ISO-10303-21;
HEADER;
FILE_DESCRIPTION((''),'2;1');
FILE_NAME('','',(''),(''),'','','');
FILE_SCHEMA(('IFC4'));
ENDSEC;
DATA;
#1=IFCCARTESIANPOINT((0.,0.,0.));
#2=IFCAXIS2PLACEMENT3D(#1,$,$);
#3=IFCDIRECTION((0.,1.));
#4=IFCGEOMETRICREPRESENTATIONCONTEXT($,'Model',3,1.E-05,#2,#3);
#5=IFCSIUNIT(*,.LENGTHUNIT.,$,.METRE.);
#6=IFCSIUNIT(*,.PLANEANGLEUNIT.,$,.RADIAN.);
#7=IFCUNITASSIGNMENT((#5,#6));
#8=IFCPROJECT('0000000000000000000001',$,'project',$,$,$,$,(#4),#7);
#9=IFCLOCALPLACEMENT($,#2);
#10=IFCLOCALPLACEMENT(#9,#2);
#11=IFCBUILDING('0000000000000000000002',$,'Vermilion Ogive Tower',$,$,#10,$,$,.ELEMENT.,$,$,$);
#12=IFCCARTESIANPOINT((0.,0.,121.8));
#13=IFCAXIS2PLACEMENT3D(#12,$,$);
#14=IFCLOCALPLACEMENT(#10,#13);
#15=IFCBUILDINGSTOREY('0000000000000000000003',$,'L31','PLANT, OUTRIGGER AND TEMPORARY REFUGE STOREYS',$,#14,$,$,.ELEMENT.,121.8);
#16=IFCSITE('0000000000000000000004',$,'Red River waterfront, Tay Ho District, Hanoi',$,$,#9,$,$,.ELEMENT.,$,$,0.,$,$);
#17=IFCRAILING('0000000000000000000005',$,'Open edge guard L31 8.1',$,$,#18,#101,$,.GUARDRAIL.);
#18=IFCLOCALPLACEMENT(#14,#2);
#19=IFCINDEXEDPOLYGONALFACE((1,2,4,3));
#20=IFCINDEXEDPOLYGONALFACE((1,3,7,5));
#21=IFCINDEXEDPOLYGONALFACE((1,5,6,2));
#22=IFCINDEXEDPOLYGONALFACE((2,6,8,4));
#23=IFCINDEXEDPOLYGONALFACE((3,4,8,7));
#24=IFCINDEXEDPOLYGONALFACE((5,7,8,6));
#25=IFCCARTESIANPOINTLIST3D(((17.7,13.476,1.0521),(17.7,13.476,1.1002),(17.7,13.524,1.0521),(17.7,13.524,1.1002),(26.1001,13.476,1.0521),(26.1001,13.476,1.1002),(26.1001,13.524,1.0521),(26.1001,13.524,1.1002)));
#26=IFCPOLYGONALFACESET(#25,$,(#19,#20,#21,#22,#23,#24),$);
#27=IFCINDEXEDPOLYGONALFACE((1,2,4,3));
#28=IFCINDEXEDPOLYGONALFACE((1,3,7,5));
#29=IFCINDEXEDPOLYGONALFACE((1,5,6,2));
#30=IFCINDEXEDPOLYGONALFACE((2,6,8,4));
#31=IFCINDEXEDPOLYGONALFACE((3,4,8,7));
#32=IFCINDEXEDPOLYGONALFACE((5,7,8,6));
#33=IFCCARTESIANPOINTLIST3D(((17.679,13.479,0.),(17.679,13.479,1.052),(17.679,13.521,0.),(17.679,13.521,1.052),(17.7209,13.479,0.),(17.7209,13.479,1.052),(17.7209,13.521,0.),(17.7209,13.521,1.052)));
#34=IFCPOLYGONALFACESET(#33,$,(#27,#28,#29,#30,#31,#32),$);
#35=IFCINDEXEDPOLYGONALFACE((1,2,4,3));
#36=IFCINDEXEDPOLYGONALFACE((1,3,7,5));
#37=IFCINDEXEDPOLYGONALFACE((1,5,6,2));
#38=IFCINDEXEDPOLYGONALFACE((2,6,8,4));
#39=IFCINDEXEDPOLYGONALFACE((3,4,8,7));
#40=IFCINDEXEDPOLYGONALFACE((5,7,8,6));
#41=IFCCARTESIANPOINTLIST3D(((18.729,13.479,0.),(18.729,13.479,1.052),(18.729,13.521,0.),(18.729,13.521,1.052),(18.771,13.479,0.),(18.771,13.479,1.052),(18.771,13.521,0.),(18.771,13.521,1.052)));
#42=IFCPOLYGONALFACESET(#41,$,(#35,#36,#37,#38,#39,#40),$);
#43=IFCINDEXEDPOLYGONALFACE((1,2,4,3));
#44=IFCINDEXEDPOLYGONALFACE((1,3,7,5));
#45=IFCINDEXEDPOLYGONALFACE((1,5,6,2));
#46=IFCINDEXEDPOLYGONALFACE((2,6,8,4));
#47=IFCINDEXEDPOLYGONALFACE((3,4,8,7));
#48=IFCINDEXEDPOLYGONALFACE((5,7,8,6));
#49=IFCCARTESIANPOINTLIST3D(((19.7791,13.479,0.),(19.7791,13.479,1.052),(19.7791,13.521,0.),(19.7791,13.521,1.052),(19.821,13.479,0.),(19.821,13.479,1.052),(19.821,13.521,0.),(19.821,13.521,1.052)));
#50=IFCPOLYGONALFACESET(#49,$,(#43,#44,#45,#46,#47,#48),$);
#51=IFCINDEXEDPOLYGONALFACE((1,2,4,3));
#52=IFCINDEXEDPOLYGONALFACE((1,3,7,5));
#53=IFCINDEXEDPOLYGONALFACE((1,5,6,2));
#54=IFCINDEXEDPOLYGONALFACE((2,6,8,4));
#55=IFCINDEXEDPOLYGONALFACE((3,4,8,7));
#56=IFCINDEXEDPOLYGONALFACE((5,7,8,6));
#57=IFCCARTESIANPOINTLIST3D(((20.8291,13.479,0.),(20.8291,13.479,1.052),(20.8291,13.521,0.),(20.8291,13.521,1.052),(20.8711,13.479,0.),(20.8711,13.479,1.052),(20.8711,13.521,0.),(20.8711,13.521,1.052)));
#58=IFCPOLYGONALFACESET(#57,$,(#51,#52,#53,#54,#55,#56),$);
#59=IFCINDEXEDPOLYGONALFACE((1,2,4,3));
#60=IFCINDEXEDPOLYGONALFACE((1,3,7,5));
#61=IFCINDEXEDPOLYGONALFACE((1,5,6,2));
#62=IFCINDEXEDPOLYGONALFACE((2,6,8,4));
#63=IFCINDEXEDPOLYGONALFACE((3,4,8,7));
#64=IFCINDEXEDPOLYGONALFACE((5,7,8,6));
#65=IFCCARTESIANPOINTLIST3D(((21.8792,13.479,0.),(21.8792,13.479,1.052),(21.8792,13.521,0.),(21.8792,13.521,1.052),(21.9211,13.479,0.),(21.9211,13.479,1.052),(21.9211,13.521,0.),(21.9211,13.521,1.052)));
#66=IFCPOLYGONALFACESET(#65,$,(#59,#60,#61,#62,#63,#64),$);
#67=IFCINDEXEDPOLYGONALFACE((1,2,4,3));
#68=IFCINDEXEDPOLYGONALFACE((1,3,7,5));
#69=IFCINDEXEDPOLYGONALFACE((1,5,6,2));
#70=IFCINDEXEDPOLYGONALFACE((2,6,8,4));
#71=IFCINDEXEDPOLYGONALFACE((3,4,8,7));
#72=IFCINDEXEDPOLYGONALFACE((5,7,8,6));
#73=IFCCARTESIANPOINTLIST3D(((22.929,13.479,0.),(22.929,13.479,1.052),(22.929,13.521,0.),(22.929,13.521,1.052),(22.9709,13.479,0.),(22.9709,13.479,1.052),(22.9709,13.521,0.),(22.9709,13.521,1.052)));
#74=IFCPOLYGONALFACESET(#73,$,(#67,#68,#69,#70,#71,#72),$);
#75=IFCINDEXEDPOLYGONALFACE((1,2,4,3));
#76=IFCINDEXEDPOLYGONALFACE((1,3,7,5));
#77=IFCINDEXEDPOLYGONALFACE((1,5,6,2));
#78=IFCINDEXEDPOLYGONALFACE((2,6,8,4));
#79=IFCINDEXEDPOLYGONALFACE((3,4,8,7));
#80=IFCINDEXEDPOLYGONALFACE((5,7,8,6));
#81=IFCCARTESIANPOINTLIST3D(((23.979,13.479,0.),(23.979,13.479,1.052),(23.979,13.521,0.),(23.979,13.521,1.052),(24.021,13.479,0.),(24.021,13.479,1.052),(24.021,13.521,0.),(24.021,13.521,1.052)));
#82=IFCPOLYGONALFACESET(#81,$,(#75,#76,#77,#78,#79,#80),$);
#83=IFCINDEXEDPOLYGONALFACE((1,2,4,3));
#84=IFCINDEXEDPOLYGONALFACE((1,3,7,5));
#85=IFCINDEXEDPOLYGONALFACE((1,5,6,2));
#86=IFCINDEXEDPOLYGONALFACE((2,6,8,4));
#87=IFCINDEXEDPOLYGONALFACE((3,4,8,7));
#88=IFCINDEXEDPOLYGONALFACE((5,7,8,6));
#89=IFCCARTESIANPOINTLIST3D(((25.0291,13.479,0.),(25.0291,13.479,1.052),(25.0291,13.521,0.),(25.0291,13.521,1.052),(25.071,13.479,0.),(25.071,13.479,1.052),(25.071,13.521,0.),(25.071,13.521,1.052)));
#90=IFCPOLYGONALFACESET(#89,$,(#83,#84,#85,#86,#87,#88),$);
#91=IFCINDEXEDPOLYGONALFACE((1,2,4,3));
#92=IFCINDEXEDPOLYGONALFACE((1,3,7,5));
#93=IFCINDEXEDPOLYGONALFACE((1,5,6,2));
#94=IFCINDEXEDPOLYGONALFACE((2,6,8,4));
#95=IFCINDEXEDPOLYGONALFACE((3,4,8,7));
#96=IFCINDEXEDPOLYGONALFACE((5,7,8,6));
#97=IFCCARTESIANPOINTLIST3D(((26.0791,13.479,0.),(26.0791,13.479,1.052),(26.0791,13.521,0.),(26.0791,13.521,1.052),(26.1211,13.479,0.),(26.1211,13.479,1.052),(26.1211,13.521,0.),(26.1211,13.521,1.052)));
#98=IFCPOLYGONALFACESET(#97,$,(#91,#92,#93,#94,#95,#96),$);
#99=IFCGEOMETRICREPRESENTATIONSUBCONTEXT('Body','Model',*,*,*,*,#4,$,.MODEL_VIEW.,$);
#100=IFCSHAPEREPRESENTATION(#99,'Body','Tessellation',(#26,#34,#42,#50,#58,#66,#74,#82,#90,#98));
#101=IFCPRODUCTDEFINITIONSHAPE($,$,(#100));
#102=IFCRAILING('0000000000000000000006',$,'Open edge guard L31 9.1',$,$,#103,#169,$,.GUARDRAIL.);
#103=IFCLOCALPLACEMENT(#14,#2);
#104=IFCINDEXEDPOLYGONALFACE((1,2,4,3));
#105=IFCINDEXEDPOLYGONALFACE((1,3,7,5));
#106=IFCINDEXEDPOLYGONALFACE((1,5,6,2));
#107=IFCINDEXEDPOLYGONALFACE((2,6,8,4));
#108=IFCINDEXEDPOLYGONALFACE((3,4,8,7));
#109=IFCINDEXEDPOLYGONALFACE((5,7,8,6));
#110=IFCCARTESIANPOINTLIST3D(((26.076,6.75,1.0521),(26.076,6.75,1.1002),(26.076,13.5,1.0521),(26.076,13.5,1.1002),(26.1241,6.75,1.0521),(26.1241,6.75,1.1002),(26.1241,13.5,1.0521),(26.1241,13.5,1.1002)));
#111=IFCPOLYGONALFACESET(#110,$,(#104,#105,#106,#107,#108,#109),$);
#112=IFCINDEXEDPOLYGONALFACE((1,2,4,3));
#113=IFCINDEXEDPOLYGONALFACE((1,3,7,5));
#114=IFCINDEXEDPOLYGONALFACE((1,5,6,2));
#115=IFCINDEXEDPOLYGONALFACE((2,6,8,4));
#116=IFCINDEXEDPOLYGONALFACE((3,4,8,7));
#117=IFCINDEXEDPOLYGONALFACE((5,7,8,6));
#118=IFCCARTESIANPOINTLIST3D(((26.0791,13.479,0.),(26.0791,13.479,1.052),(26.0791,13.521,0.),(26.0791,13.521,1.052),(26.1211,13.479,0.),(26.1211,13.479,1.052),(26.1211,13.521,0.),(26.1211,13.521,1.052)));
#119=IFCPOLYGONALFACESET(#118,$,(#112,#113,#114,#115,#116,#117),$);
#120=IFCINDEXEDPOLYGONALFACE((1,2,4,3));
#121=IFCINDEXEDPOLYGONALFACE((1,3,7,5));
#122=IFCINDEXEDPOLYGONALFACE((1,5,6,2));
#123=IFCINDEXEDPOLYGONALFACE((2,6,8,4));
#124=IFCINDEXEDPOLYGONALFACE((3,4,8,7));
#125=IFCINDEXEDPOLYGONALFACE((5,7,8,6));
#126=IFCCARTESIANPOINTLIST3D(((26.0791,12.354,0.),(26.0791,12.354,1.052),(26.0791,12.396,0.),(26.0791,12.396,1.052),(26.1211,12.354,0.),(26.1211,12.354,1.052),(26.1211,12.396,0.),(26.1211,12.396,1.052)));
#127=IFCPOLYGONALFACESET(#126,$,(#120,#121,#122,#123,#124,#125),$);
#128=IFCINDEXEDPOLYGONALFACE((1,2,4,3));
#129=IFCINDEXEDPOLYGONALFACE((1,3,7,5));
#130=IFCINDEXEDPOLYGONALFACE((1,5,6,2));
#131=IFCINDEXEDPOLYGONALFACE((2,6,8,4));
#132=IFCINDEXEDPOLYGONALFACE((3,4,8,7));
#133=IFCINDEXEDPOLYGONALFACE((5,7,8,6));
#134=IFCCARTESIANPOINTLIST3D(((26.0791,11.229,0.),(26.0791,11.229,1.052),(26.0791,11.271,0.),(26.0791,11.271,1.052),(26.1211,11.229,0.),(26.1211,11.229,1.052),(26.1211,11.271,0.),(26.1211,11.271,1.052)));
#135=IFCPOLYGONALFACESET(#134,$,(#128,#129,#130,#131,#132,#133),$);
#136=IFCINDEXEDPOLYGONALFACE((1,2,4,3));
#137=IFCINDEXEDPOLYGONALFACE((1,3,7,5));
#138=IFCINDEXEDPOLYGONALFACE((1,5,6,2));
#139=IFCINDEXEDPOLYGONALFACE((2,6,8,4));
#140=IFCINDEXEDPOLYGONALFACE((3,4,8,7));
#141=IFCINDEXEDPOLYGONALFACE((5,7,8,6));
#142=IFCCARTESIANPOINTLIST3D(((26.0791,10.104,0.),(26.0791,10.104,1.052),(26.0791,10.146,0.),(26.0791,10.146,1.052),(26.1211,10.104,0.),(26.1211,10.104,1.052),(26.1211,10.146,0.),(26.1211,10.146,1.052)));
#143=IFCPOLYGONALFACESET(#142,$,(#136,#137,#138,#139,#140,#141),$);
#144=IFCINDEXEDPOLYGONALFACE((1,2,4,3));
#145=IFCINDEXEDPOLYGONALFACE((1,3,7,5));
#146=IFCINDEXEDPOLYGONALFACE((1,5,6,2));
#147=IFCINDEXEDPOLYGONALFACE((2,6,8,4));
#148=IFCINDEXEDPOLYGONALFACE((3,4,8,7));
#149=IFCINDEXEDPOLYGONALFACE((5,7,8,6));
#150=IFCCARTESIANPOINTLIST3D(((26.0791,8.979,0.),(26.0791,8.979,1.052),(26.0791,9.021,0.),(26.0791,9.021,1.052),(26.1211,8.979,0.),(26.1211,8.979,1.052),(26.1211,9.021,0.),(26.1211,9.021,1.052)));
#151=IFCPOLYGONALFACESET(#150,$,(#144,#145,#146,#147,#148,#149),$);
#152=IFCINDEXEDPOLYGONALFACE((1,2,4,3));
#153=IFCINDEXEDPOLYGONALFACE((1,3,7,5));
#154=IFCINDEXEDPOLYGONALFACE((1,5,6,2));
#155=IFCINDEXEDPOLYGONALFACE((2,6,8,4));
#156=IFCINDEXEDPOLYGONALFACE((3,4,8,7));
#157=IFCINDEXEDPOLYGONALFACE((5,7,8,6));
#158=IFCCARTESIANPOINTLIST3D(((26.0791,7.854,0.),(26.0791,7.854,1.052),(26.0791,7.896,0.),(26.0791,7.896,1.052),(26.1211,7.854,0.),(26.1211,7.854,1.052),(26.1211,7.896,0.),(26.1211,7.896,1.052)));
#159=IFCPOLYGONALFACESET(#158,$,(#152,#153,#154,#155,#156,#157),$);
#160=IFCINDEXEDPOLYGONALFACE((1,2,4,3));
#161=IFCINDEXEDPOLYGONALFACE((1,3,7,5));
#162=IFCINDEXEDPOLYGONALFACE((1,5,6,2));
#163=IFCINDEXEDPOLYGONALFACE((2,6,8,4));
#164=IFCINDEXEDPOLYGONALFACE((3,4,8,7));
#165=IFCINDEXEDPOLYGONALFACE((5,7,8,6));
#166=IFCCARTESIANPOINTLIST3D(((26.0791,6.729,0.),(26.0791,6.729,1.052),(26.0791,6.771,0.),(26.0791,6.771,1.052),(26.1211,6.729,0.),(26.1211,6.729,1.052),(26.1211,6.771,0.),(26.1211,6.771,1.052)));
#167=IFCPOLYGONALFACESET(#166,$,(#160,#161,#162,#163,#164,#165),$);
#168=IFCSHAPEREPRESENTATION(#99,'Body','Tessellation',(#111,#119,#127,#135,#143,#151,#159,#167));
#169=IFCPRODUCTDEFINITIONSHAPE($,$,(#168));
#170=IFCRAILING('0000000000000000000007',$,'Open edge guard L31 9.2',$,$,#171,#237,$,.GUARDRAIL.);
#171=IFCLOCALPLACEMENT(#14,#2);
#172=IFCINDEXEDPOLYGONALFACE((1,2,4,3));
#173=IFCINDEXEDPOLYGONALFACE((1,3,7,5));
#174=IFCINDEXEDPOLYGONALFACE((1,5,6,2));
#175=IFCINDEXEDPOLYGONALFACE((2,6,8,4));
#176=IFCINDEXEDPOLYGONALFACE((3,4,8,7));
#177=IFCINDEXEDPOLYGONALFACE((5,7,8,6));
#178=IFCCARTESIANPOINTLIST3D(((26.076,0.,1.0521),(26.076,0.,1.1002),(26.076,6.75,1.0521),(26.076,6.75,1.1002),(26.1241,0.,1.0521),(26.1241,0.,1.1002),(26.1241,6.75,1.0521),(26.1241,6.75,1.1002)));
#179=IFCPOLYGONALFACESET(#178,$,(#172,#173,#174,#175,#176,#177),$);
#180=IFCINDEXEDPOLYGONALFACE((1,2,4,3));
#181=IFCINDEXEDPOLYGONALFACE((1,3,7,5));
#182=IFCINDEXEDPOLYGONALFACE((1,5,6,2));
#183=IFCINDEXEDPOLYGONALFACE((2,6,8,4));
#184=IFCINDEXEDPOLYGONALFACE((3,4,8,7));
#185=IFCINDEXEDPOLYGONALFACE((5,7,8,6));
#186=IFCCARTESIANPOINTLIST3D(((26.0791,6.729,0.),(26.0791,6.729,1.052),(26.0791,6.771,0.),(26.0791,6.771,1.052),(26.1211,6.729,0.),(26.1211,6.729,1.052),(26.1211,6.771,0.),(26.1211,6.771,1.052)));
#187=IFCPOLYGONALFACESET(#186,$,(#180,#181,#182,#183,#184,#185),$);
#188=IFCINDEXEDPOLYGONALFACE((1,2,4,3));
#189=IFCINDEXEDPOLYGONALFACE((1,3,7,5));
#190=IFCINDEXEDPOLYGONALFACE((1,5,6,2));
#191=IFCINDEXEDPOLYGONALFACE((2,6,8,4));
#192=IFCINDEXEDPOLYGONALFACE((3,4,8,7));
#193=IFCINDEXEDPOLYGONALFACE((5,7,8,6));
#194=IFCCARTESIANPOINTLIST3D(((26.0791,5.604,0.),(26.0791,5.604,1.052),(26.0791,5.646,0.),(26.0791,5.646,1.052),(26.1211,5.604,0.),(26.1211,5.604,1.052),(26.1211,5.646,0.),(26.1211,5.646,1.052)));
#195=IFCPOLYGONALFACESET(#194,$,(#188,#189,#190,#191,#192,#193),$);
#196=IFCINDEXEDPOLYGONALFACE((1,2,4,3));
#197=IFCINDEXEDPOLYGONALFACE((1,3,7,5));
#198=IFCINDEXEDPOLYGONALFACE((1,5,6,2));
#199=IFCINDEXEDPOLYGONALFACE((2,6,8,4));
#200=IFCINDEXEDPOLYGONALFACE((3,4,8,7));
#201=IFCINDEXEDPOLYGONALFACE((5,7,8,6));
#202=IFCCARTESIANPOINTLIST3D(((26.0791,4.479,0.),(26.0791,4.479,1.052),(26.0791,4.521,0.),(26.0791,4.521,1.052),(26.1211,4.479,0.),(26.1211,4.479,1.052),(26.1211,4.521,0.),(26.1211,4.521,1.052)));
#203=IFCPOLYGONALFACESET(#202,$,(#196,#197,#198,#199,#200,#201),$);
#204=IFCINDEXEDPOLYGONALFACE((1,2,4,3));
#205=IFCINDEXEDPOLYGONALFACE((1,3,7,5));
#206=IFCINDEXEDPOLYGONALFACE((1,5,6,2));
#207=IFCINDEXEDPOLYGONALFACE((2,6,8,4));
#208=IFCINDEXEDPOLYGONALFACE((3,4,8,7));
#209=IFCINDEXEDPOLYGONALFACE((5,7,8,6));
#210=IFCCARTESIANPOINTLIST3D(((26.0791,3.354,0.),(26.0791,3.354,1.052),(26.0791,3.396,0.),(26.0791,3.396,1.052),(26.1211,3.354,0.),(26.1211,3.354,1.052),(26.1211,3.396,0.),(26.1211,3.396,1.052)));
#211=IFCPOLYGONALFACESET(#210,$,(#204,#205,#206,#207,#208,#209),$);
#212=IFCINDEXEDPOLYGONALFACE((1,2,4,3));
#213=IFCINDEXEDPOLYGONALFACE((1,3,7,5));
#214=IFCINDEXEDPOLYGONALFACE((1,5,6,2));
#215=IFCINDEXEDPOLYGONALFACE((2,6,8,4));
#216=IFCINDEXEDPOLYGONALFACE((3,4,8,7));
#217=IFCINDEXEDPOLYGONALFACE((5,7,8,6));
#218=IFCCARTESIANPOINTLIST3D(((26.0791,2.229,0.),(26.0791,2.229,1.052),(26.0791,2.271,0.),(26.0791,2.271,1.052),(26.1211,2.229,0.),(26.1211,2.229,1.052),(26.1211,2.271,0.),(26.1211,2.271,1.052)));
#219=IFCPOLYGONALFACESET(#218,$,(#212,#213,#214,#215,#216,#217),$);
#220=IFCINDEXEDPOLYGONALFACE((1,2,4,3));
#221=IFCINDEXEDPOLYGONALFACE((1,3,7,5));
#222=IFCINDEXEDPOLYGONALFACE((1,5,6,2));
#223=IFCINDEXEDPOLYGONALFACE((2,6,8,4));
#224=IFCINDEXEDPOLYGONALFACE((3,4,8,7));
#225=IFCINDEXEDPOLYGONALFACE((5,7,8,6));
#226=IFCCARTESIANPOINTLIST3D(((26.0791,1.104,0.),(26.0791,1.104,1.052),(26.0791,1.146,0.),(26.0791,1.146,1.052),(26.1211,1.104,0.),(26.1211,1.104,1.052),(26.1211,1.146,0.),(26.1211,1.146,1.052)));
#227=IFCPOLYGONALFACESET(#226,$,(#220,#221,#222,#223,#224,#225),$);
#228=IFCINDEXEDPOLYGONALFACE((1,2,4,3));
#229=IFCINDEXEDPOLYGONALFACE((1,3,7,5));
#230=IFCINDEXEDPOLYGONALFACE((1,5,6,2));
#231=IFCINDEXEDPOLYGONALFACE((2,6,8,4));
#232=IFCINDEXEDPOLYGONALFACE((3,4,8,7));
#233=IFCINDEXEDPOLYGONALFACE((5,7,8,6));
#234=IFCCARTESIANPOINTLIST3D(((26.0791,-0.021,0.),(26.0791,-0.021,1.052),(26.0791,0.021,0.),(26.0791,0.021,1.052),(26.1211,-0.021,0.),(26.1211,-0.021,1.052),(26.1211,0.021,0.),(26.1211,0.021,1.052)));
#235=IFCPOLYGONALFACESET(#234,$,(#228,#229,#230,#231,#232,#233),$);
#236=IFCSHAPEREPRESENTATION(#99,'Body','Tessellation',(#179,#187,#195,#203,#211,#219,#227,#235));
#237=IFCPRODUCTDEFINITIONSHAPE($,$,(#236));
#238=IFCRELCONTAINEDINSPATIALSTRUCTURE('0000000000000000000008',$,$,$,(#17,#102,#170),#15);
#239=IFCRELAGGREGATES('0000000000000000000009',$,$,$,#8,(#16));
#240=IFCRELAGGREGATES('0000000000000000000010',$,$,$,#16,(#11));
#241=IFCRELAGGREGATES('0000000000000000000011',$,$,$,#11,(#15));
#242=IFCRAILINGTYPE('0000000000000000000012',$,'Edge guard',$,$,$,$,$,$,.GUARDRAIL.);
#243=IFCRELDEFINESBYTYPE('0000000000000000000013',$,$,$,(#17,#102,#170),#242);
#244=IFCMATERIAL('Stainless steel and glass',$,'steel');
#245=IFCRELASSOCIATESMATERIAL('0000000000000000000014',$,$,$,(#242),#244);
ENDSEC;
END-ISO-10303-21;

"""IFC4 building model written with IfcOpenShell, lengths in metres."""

from ifc_helpers import new_model, si_unit, direction, frame, origin, origin_2d, place, context, subcontext, project, spatial, rectangle, extrude, material, type_object, element, save


model = new_model("IFC4")

# Units and contexts
model_context = context("Model", 3, precision=1e-05, world=origin(), true_north=direction((0.0, 1.0)))
body_context = subcontext(model_context, "Body", "Model", "MODEL_VIEW")
ifc_project = project(units=[si_unit("LENGTHUNIT", "METRE"), si_unit("PLANEANGLEUNIT", "RADIAN")], contexts=[model_context])

# Site, building, storey
site_placement = place(None, origin())
site = spatial("IfcSite", under=ifc_project, at=site_placement, Name="Red River waterfront, Tay Ho District, Hanoi", CompositionType="ELEMENT", RefElevation=0.0)
building_placement = place(site_placement, origin())
building = spatial("IfcBuilding", under=site, at=building_placement, Name="Vermilion Ogive Tower", CompositionType="ELEMENT")
storey_placement = place(building_placement, frame((0.0, 0.0, 121.8)))
storey = spatial("IfcBuildingStorey", under=building, at=storey_placement, Name="L31", Description="PLANT, OUTRIGGER AND TEMPORARY REFUGE STOREYS", CompositionType="ELEMENT", Elevation=121.8)

# Railings
ifc_material_1 = material(Name="Stainless steel and glass", Category="steel")
railing_type = type_object("IfcRailingType", Name="Edge guard", PredefinedType="GUARDRAIL", material=ifc_material_1)
railing_1_placement = place(storey_placement, frame((17.7, 13.5, 0.0)))
element("IfcRailing", 1, at=railing_1_placement, inside=storey, type_object=railing_type, Name="Open edge guard L31 8.1", PredefinedType="GUARDRAIL", context=body_context, shape_type="SweptSolid", body=[
    extrude(rectangle(XDim=0.0481, YDim=0.0481, at=origin_2d()), frame((0.0, 0.0, 1.0762), z_axis=(1.0, 0.0, 0.0), x_axis=(0.0, 1.0, 0.0)), (0.0, 0.0, 1.0), 8.4001),
    extrude(rectangle(XDim=0.042, YDim=0.042, at=origin_2d()), origin(), (0.0, 0.0, 1.0), 1.052),
    extrude(rectangle(XDim=0.042, YDim=0.042, at=origin_2d()), frame((1.05, 0.0, 0.0)), (0.0, 0.0, 1.0), 1.052),
    extrude(rectangle(XDim=0.042, YDim=0.042, at=origin_2d()), frame((2.1001, 0.0, 0.0)), (0.0, 0.0, 1.0), 1.052),
    extrude(rectangle(XDim=0.042, YDim=0.042, at=origin_2d()), frame((3.1501, 0.0, 0.0)), (0.0, 0.0, 1.0), 1.052),
    extrude(rectangle(XDim=0.042, YDim=0.042, at=origin_2d()), frame((4.2002, 0.0, 0.0)), (0.0, 0.0, 1.0), 1.052),
    extrude(rectangle(XDim=0.042, YDim=0.042, at=origin_2d()), frame((5.25, 0.0, 0.0)), (0.0, 0.0, 1.0), 1.052),
    extrude(rectangle(XDim=0.042, YDim=0.042, at=origin_2d()), frame((6.3, 0.0, 0.0)), (0.0, 0.0, 1.0), 1.052),
    extrude(rectangle(XDim=0.042, YDim=0.042, at=origin_2d()), frame((7.3501, 0.0, 0.0)), (0.0, 0.0, 1.0), 1.052),
    extrude(rectangle(XDim=0.042, YDim=0.042, at=origin_2d()), frame((8.4001, 0.0, 0.0)), (0.0, 0.0, 1.0), 1.052),
])
for number, where, name in (
    (2, (26.1001, 13.5, 0.0), "Open edge guard L31 9.1"),
    (3, (26.1001, 6.75, 0.0), "Open edge guard L31 9.2"),
):
    element("IfcRailing", number, at=place(storey_placement, frame(where)), inside=storey, type_object=railing_type, Name=name, PredefinedType="GUARDRAIL", context=body_context, shape_type="SweptSolid", body=[
        extrude(rectangle(XDim=0.0481, YDim=0.0481, at=origin_2d()), frame((0.0, 0.0, 1.0762), z_axis=(0.0, -1.0, 0.0), x_axis=(1.0, 0.0, 0.0)), (0.0, 0.0, 1.0), 6.75),
        extrude(rectangle(XDim=0.042, YDim=0.042, at=origin_2d()), origin(), (0.0, 0.0, 1.0), 1.052),
        extrude(rectangle(XDim=0.042, YDim=0.042, at=origin_2d()), frame((0.0, -1.125, 0.0)), (0.0, 0.0, 1.0), 1.052),
        extrude(rectangle(XDim=0.042, YDim=0.042, at=origin_2d()), frame((0.0, -2.25, 0.0)), (0.0, 0.0, 1.0), 1.052),
        extrude(rectangle(XDim=0.042, YDim=0.042, at=origin_2d()), frame((0.0, -3.375, 0.0)), (0.0, 0.0, 1.0), 1.052),
        extrude(rectangle(XDim=0.042, YDim=0.042, at=origin_2d()), frame((0.0, -4.5, 0.0)), (0.0, 0.0, 1.0), 1.052),
        extrude(rectangle(XDim=0.042, YDim=0.042, at=origin_2d()), frame((0.0, -5.625, 0.0)), (0.0, 0.0, 1.0), 1.052),
        extrude(rectangle(XDim=0.042, YDim=0.042, at=origin_2d()), frame((0.0, -6.75, 0.0)), (0.0, 0.0, 1.0), 1.052),
    ])

save(model, "model.ifc")
